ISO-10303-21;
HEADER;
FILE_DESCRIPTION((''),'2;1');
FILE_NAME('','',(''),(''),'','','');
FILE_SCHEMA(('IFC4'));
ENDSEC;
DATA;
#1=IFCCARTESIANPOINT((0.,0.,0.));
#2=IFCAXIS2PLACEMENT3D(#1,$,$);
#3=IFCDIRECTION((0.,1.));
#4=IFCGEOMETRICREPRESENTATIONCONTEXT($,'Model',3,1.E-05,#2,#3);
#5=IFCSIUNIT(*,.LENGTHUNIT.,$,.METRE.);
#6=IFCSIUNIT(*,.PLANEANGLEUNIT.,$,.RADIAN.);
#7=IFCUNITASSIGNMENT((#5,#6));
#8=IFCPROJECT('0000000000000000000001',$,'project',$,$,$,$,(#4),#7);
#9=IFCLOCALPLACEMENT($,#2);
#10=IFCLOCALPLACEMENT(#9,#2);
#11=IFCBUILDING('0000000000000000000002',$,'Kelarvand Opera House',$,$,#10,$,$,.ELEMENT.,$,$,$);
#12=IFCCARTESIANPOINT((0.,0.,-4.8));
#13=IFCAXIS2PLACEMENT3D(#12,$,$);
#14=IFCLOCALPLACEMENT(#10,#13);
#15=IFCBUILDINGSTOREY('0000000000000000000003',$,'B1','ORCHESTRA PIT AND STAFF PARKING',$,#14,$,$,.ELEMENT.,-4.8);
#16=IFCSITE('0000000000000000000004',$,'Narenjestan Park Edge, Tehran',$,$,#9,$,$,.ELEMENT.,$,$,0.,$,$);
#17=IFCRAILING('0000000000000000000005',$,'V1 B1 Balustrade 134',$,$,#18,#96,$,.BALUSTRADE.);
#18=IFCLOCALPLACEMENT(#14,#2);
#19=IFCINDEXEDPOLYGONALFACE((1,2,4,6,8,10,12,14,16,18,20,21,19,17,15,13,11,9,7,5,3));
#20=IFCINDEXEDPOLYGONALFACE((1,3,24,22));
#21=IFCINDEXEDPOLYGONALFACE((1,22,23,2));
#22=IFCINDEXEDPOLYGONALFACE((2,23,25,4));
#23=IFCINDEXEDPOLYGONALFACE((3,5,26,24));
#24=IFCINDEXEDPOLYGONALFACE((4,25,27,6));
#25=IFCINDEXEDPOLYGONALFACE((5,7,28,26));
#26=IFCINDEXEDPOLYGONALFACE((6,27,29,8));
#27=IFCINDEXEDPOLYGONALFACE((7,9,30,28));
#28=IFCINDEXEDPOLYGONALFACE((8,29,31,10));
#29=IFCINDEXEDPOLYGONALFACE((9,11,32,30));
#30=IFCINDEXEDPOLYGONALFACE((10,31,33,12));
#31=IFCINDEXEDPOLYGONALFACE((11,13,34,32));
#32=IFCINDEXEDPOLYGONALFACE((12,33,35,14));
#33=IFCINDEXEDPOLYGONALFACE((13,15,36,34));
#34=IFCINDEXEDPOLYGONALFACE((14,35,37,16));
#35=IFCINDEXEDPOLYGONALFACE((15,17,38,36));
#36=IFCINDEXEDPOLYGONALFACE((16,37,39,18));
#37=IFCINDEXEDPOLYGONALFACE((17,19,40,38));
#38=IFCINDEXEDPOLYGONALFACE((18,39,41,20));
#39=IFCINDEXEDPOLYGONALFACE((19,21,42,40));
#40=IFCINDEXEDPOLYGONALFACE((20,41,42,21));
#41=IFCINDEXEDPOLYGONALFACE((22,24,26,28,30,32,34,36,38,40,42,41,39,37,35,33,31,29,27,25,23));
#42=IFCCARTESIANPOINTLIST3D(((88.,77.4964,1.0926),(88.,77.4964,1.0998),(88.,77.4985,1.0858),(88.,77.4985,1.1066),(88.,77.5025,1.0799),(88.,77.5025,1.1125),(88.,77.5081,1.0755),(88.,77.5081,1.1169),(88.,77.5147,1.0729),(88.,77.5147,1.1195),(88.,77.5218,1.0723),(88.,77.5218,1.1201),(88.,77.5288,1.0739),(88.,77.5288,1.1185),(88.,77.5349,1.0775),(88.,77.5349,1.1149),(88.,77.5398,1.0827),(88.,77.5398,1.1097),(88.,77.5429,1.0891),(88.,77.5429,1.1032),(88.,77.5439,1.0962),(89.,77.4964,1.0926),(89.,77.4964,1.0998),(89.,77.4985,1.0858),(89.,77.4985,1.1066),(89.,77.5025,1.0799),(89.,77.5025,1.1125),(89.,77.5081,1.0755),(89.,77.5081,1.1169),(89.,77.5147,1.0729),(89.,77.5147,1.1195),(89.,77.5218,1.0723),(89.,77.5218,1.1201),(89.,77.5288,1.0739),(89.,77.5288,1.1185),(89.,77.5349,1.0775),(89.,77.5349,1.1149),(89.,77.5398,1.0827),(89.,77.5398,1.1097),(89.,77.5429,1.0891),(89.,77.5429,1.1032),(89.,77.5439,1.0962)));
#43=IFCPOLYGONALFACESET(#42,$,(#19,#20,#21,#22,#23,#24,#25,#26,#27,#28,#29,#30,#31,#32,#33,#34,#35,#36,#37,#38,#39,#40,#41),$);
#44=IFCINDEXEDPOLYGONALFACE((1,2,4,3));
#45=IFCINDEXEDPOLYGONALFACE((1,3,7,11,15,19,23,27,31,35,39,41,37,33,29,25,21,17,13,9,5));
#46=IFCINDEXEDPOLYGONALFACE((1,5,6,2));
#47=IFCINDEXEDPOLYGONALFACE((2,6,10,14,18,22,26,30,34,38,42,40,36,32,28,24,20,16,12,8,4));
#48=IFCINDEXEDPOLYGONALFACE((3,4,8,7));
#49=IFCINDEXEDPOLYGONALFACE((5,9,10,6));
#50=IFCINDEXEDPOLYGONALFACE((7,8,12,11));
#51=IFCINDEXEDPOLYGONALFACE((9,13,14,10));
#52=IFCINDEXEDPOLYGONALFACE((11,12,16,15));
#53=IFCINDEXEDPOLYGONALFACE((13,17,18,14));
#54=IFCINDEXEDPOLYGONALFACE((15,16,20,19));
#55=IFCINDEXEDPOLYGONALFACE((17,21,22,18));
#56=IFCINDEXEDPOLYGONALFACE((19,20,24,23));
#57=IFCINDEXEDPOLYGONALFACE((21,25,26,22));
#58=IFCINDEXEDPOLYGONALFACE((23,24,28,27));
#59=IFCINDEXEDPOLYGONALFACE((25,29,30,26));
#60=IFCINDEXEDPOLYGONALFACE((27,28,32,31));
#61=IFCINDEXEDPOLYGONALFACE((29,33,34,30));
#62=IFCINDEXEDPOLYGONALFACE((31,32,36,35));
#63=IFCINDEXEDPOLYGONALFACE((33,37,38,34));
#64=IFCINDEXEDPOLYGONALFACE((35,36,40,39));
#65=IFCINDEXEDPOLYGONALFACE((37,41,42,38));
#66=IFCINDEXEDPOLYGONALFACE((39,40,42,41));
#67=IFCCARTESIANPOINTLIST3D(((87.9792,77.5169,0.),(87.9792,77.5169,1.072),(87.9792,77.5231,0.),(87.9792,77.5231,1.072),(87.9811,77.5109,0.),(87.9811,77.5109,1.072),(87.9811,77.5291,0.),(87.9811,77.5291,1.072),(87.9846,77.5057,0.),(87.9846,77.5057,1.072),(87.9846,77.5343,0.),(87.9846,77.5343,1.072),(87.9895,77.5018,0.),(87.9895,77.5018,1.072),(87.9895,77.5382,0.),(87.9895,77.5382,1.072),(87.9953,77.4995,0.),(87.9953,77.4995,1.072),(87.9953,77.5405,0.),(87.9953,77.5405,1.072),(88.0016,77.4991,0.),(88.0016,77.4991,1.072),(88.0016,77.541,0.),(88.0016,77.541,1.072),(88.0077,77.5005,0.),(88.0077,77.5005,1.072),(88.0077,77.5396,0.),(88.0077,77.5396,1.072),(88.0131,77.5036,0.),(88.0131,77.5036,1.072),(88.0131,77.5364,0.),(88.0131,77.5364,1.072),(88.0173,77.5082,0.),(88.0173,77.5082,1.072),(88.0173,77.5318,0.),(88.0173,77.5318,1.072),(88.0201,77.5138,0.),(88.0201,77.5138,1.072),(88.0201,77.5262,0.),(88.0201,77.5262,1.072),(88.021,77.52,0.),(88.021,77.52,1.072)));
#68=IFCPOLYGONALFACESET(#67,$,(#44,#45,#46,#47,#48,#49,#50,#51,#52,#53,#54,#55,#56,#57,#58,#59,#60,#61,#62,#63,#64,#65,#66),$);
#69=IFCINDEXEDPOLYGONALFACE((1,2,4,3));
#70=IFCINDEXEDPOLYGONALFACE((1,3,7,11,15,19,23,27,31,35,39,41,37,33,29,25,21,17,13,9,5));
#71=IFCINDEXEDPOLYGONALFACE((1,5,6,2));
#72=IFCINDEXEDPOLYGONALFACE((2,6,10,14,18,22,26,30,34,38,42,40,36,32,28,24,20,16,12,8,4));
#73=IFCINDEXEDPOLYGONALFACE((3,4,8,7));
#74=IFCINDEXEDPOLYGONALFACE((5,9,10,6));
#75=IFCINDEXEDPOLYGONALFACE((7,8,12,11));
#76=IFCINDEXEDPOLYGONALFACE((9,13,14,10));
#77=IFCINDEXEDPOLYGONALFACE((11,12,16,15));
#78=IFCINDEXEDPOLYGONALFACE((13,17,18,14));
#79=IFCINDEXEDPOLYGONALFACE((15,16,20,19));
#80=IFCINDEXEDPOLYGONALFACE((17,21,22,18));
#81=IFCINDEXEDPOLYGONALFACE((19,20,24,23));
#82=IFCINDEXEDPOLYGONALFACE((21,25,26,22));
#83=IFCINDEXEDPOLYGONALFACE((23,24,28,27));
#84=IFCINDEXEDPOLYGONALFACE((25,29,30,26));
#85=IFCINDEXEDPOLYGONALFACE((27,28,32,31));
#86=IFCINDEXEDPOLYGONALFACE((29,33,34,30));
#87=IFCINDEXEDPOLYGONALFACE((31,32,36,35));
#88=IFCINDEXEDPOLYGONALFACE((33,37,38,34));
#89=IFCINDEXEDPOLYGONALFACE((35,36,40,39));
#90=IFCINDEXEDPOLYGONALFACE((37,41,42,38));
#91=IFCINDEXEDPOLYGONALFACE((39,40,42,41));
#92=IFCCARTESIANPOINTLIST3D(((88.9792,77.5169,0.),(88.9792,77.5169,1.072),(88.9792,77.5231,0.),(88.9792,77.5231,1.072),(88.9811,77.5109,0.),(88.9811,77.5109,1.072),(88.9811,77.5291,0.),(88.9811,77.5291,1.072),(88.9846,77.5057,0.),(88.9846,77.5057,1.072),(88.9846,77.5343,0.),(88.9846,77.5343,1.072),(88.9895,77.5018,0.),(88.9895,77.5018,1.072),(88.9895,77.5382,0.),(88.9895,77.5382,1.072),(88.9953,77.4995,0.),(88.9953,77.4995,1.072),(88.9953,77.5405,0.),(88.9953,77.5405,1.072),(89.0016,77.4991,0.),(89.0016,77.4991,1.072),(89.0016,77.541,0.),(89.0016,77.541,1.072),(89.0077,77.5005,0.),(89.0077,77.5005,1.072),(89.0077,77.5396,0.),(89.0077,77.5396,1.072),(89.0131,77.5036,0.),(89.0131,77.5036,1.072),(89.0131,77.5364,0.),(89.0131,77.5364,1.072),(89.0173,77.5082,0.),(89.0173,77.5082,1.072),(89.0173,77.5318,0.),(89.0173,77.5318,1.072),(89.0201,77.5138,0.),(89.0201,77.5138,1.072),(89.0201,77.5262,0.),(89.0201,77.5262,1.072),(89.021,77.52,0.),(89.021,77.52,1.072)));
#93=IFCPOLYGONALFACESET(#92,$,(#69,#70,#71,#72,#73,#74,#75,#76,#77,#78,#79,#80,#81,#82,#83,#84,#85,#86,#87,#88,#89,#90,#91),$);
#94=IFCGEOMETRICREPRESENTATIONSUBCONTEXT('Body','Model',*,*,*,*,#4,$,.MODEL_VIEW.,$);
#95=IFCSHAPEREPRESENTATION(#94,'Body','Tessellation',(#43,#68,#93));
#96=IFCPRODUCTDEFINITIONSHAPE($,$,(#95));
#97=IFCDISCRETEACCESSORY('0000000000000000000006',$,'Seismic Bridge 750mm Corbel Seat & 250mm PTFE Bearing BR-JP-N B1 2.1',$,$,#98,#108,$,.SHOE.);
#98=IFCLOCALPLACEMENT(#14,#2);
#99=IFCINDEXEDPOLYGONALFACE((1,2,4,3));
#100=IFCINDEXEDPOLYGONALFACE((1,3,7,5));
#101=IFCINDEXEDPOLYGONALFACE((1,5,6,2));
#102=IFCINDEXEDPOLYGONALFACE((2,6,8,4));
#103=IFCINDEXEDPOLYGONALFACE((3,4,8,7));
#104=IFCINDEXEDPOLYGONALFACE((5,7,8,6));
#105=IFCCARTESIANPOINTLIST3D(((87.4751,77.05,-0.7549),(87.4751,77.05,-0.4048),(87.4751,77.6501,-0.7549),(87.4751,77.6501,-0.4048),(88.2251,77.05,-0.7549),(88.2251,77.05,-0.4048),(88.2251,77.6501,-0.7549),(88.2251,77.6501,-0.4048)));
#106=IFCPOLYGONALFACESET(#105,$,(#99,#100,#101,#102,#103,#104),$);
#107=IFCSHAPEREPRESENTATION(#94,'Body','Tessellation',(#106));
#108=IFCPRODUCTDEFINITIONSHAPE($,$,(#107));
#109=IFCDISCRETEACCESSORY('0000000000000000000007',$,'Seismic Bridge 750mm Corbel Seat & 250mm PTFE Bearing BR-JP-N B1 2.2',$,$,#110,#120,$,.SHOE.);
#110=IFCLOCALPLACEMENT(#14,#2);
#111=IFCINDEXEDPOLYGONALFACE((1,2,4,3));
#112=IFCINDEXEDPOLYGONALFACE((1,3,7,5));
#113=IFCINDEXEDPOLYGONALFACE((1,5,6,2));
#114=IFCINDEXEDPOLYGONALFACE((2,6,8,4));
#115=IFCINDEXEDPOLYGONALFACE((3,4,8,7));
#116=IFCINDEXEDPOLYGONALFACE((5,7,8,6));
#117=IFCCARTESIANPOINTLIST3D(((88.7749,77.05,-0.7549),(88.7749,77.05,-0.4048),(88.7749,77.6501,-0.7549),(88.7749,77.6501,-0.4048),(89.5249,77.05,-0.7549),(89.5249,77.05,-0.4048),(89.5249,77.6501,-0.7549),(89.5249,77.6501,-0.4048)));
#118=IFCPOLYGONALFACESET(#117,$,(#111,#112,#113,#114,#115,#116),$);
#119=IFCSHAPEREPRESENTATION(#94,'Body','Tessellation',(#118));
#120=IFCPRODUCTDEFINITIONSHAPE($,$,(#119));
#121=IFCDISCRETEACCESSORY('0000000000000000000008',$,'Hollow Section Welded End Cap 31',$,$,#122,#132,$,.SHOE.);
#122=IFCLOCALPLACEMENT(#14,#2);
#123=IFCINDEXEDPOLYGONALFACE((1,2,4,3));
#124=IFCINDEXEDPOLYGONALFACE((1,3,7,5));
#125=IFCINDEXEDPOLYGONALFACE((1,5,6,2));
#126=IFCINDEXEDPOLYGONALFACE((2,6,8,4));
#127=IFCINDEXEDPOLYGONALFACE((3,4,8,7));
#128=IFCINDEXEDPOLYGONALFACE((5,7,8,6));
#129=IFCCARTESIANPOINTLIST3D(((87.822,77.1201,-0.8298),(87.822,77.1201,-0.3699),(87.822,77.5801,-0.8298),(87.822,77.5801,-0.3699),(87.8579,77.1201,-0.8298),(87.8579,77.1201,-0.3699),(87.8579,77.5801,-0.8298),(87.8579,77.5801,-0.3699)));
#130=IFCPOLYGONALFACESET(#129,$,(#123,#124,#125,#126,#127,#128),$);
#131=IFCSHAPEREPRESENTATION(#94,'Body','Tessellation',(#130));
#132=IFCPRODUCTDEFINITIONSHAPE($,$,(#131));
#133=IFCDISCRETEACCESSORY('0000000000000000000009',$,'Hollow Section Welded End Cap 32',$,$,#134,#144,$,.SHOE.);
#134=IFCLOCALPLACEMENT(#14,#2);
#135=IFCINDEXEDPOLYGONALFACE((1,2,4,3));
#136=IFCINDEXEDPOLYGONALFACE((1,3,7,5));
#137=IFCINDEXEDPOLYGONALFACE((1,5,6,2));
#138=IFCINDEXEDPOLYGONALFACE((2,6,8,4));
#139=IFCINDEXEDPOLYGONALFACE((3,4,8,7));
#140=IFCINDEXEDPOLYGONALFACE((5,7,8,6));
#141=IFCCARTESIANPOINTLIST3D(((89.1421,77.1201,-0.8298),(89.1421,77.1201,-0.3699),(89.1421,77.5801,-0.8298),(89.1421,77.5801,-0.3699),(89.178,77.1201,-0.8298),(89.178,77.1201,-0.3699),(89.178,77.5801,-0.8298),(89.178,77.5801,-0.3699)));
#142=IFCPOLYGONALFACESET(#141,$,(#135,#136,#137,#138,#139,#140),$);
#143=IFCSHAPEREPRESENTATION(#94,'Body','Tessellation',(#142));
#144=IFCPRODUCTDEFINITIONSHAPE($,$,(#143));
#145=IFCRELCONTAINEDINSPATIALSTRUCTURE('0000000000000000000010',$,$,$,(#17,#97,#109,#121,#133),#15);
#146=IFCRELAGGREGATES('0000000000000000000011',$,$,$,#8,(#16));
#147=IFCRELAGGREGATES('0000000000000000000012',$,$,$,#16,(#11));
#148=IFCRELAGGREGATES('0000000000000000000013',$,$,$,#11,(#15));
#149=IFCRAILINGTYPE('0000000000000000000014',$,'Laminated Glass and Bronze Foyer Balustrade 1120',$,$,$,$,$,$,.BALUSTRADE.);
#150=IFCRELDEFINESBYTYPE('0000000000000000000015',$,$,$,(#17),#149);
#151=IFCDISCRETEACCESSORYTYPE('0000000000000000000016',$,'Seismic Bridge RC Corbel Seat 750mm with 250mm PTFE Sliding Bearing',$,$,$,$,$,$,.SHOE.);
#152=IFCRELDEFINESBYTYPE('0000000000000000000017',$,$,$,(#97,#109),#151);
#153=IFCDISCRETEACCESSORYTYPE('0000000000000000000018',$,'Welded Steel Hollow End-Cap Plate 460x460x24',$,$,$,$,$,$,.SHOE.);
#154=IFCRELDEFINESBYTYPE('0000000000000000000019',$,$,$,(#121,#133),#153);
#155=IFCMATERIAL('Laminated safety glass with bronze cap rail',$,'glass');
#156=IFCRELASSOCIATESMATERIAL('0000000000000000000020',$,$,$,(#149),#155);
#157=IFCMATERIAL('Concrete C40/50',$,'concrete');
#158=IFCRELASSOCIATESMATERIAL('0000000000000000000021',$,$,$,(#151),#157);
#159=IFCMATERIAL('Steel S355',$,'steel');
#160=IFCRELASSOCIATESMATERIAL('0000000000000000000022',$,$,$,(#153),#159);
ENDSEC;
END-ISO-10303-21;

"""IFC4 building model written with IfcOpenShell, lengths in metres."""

from ifc_helpers import new_model, si_unit, direction, frame, origin, origin_2d, place, context, subcontext, project, spatial, rectangle, circle, extrude, material, material_profile, profile_set, type_object, element, save


model = new_model("IFC4")

# Units and contexts
model_context = context("Model", 3, precision=1e-05, world=origin(), true_north=direction((0.0, 1.0)))
body_context = subcontext(model_context, "Body", "Model", "MODEL_VIEW")
ifc_project = project(units=[si_unit("LENGTHUNIT", "METRE"), si_unit("PLANEANGLEUNIT", "RADIAN")], contexts=[model_context])

# Site, building, storey
site_placement = place(None, origin())
site = spatial("IfcSite", under=ifc_project, at=site_placement, Name="Narenjestan Park Edge, Tehran", CompositionType="ELEMENT", RefElevation=0.0)
building_placement = place(site_placement, origin())
building = spatial("IfcBuilding", under=site, at=building_placement, Name="Kelarvand Opera House", CompositionType="ELEMENT")
storey_placement = place(building_placement, frame((0.0, 0.0, -4.8)))
storey = spatial("IfcBuildingStorey", under=building, at=storey_placement, Name="B1", Description="ORCHESTRA PIT AND STAFF PARKING", CompositionType="ELEMENT", Elevation=-4.8)

# Shared definitions
ifc_material_1 = material(Name="Concrete C40/50", Category="concrete")

# Shared definitions
ifc_material_2 = material(Name="Steel S355", Category="steel")

# Railing
ifc_material_3 = material(Name="Laminated safety glass with bronze cap rail", Category="glass")
railing_type = type_object("IfcRailingType", Name="Laminated Glass and Bronze Foyer Balustrade 1120", PredefinedType="BALUSTRADE", material=ifc_material_3)
railing_placement = place(storey_placement, frame((88.0, 77.52, 0.0)))
element("IfcRailing", 1, at=railing_placement, inside=storey, type_object=railing_type, Name="V1 B1 Balustrade 134", PredefinedType="BALUSTRADE", context=body_context, shape_type="SweptSolid", body=[
    extrude(circle(Radius=0.0239, at=origin_2d()), frame((0.0, 0.0, 1.0962), z_axis=(1.0, 0.0, 0.0), x_axis=(0.0, 1.0, 0.0)), (0.0, 0.0, 1.0), 1.0),
    extrude(circle(Radius=0.021, at=origin_2d()), origin(), (0.0, 0.0, 1.0), 1.072),
    extrude(circle(Radius=0.021, at=origin_2d()), frame((1.0, 0.0, 0.0)), (0.0, 0.0, 1.0), 1.072),
])

# Discrete accessories
discrete_accessory_type_1 = type_object("IfcDiscreteAccessoryType", Name="Seismic Bridge RC Corbel Seat 750mm with 250mm PTFE Sliding Bearing", PredefinedType="SHOE", material=ifc_material_1)
for number, where, z_axis, x_axis, name in (
    (2, (87.8501, 77.3501, -0.7549), (0.0, 0.0, 1.0), (1.0, 0.0, 0.0), "Seismic Bridge 750mm Corbel Seat & 250mm PTFE Bearing BR-JP-N B1 2.1"),
    (3, (89.1499, 77.3501, -0.7549), (0.0, 0.0, 1.0), (1.0, 0.0, 0.0), "Seismic Bridge 750mm Corbel Seat & 250mm PTFE Bearing BR-JP-N B1 2.2"),
):
    element("IfcDiscreteAccessory", number, at=place(storey_placement, frame(where, z_axis=z_axis, x_axis=x_axis)), inside=storey, type_object=discrete_accessory_type_1, Name=name, PredefinedType="SHOE", context=body_context, shape_type="SweptSolid", body=[
        extrude(rectangle(XDim=0.75, YDim=0.6001, at=origin_2d()), origin(), (0.0, 0.0, 1.0), 0.3501),
    ])
ifc_material_profile_1 = material_profile(ifc_material_2, rectangle(XDim=0.46, YDim=0.46, at=origin_2d()), Name="Welded Steel Hollow End-Cap Plate 460x460x24", Category="steel")
ifc_profile_set_1 = profile_set([ifc_material_profile_1], Name="Steel S355")
discrete_accessory_type_2 = type_object("IfcDiscreteAccessoryType", Name="Welded Steel Hollow End-Cap Plate 460x460x24", PredefinedType="SHOE", material=ifc_profile_set_1)
for number, where, z_axis, x_axis, name in (
    (4, (87.8579, 77.3501, -0.5999), (-1.0, 0.0, 0.0), (0.0, -1.0, 0.0), "Hollow Section Welded End Cap 31"),
    (5, (89.1421, 77.3501, -0.5999), (1.0, 0.0, 0.0), (0.0, 1.0, 0.0), "Hollow Section Welded End Cap 32"),
):
    element("IfcDiscreteAccessory", number, at=place(storey_placement, frame(where, z_axis=z_axis, x_axis=x_axis)), inside=storey, type_object=discrete_accessory_type_2, Name=name, PredefinedType="SHOE", context=body_context, shape_type="SweptSolid", body=[
        extrude(rectangle(XDim=0.46, YDim=0.46, at=origin_2d()), origin(), (0.0, 0.0, 1.0), 0.0359),
    ])

save(model, "model.ifc")
